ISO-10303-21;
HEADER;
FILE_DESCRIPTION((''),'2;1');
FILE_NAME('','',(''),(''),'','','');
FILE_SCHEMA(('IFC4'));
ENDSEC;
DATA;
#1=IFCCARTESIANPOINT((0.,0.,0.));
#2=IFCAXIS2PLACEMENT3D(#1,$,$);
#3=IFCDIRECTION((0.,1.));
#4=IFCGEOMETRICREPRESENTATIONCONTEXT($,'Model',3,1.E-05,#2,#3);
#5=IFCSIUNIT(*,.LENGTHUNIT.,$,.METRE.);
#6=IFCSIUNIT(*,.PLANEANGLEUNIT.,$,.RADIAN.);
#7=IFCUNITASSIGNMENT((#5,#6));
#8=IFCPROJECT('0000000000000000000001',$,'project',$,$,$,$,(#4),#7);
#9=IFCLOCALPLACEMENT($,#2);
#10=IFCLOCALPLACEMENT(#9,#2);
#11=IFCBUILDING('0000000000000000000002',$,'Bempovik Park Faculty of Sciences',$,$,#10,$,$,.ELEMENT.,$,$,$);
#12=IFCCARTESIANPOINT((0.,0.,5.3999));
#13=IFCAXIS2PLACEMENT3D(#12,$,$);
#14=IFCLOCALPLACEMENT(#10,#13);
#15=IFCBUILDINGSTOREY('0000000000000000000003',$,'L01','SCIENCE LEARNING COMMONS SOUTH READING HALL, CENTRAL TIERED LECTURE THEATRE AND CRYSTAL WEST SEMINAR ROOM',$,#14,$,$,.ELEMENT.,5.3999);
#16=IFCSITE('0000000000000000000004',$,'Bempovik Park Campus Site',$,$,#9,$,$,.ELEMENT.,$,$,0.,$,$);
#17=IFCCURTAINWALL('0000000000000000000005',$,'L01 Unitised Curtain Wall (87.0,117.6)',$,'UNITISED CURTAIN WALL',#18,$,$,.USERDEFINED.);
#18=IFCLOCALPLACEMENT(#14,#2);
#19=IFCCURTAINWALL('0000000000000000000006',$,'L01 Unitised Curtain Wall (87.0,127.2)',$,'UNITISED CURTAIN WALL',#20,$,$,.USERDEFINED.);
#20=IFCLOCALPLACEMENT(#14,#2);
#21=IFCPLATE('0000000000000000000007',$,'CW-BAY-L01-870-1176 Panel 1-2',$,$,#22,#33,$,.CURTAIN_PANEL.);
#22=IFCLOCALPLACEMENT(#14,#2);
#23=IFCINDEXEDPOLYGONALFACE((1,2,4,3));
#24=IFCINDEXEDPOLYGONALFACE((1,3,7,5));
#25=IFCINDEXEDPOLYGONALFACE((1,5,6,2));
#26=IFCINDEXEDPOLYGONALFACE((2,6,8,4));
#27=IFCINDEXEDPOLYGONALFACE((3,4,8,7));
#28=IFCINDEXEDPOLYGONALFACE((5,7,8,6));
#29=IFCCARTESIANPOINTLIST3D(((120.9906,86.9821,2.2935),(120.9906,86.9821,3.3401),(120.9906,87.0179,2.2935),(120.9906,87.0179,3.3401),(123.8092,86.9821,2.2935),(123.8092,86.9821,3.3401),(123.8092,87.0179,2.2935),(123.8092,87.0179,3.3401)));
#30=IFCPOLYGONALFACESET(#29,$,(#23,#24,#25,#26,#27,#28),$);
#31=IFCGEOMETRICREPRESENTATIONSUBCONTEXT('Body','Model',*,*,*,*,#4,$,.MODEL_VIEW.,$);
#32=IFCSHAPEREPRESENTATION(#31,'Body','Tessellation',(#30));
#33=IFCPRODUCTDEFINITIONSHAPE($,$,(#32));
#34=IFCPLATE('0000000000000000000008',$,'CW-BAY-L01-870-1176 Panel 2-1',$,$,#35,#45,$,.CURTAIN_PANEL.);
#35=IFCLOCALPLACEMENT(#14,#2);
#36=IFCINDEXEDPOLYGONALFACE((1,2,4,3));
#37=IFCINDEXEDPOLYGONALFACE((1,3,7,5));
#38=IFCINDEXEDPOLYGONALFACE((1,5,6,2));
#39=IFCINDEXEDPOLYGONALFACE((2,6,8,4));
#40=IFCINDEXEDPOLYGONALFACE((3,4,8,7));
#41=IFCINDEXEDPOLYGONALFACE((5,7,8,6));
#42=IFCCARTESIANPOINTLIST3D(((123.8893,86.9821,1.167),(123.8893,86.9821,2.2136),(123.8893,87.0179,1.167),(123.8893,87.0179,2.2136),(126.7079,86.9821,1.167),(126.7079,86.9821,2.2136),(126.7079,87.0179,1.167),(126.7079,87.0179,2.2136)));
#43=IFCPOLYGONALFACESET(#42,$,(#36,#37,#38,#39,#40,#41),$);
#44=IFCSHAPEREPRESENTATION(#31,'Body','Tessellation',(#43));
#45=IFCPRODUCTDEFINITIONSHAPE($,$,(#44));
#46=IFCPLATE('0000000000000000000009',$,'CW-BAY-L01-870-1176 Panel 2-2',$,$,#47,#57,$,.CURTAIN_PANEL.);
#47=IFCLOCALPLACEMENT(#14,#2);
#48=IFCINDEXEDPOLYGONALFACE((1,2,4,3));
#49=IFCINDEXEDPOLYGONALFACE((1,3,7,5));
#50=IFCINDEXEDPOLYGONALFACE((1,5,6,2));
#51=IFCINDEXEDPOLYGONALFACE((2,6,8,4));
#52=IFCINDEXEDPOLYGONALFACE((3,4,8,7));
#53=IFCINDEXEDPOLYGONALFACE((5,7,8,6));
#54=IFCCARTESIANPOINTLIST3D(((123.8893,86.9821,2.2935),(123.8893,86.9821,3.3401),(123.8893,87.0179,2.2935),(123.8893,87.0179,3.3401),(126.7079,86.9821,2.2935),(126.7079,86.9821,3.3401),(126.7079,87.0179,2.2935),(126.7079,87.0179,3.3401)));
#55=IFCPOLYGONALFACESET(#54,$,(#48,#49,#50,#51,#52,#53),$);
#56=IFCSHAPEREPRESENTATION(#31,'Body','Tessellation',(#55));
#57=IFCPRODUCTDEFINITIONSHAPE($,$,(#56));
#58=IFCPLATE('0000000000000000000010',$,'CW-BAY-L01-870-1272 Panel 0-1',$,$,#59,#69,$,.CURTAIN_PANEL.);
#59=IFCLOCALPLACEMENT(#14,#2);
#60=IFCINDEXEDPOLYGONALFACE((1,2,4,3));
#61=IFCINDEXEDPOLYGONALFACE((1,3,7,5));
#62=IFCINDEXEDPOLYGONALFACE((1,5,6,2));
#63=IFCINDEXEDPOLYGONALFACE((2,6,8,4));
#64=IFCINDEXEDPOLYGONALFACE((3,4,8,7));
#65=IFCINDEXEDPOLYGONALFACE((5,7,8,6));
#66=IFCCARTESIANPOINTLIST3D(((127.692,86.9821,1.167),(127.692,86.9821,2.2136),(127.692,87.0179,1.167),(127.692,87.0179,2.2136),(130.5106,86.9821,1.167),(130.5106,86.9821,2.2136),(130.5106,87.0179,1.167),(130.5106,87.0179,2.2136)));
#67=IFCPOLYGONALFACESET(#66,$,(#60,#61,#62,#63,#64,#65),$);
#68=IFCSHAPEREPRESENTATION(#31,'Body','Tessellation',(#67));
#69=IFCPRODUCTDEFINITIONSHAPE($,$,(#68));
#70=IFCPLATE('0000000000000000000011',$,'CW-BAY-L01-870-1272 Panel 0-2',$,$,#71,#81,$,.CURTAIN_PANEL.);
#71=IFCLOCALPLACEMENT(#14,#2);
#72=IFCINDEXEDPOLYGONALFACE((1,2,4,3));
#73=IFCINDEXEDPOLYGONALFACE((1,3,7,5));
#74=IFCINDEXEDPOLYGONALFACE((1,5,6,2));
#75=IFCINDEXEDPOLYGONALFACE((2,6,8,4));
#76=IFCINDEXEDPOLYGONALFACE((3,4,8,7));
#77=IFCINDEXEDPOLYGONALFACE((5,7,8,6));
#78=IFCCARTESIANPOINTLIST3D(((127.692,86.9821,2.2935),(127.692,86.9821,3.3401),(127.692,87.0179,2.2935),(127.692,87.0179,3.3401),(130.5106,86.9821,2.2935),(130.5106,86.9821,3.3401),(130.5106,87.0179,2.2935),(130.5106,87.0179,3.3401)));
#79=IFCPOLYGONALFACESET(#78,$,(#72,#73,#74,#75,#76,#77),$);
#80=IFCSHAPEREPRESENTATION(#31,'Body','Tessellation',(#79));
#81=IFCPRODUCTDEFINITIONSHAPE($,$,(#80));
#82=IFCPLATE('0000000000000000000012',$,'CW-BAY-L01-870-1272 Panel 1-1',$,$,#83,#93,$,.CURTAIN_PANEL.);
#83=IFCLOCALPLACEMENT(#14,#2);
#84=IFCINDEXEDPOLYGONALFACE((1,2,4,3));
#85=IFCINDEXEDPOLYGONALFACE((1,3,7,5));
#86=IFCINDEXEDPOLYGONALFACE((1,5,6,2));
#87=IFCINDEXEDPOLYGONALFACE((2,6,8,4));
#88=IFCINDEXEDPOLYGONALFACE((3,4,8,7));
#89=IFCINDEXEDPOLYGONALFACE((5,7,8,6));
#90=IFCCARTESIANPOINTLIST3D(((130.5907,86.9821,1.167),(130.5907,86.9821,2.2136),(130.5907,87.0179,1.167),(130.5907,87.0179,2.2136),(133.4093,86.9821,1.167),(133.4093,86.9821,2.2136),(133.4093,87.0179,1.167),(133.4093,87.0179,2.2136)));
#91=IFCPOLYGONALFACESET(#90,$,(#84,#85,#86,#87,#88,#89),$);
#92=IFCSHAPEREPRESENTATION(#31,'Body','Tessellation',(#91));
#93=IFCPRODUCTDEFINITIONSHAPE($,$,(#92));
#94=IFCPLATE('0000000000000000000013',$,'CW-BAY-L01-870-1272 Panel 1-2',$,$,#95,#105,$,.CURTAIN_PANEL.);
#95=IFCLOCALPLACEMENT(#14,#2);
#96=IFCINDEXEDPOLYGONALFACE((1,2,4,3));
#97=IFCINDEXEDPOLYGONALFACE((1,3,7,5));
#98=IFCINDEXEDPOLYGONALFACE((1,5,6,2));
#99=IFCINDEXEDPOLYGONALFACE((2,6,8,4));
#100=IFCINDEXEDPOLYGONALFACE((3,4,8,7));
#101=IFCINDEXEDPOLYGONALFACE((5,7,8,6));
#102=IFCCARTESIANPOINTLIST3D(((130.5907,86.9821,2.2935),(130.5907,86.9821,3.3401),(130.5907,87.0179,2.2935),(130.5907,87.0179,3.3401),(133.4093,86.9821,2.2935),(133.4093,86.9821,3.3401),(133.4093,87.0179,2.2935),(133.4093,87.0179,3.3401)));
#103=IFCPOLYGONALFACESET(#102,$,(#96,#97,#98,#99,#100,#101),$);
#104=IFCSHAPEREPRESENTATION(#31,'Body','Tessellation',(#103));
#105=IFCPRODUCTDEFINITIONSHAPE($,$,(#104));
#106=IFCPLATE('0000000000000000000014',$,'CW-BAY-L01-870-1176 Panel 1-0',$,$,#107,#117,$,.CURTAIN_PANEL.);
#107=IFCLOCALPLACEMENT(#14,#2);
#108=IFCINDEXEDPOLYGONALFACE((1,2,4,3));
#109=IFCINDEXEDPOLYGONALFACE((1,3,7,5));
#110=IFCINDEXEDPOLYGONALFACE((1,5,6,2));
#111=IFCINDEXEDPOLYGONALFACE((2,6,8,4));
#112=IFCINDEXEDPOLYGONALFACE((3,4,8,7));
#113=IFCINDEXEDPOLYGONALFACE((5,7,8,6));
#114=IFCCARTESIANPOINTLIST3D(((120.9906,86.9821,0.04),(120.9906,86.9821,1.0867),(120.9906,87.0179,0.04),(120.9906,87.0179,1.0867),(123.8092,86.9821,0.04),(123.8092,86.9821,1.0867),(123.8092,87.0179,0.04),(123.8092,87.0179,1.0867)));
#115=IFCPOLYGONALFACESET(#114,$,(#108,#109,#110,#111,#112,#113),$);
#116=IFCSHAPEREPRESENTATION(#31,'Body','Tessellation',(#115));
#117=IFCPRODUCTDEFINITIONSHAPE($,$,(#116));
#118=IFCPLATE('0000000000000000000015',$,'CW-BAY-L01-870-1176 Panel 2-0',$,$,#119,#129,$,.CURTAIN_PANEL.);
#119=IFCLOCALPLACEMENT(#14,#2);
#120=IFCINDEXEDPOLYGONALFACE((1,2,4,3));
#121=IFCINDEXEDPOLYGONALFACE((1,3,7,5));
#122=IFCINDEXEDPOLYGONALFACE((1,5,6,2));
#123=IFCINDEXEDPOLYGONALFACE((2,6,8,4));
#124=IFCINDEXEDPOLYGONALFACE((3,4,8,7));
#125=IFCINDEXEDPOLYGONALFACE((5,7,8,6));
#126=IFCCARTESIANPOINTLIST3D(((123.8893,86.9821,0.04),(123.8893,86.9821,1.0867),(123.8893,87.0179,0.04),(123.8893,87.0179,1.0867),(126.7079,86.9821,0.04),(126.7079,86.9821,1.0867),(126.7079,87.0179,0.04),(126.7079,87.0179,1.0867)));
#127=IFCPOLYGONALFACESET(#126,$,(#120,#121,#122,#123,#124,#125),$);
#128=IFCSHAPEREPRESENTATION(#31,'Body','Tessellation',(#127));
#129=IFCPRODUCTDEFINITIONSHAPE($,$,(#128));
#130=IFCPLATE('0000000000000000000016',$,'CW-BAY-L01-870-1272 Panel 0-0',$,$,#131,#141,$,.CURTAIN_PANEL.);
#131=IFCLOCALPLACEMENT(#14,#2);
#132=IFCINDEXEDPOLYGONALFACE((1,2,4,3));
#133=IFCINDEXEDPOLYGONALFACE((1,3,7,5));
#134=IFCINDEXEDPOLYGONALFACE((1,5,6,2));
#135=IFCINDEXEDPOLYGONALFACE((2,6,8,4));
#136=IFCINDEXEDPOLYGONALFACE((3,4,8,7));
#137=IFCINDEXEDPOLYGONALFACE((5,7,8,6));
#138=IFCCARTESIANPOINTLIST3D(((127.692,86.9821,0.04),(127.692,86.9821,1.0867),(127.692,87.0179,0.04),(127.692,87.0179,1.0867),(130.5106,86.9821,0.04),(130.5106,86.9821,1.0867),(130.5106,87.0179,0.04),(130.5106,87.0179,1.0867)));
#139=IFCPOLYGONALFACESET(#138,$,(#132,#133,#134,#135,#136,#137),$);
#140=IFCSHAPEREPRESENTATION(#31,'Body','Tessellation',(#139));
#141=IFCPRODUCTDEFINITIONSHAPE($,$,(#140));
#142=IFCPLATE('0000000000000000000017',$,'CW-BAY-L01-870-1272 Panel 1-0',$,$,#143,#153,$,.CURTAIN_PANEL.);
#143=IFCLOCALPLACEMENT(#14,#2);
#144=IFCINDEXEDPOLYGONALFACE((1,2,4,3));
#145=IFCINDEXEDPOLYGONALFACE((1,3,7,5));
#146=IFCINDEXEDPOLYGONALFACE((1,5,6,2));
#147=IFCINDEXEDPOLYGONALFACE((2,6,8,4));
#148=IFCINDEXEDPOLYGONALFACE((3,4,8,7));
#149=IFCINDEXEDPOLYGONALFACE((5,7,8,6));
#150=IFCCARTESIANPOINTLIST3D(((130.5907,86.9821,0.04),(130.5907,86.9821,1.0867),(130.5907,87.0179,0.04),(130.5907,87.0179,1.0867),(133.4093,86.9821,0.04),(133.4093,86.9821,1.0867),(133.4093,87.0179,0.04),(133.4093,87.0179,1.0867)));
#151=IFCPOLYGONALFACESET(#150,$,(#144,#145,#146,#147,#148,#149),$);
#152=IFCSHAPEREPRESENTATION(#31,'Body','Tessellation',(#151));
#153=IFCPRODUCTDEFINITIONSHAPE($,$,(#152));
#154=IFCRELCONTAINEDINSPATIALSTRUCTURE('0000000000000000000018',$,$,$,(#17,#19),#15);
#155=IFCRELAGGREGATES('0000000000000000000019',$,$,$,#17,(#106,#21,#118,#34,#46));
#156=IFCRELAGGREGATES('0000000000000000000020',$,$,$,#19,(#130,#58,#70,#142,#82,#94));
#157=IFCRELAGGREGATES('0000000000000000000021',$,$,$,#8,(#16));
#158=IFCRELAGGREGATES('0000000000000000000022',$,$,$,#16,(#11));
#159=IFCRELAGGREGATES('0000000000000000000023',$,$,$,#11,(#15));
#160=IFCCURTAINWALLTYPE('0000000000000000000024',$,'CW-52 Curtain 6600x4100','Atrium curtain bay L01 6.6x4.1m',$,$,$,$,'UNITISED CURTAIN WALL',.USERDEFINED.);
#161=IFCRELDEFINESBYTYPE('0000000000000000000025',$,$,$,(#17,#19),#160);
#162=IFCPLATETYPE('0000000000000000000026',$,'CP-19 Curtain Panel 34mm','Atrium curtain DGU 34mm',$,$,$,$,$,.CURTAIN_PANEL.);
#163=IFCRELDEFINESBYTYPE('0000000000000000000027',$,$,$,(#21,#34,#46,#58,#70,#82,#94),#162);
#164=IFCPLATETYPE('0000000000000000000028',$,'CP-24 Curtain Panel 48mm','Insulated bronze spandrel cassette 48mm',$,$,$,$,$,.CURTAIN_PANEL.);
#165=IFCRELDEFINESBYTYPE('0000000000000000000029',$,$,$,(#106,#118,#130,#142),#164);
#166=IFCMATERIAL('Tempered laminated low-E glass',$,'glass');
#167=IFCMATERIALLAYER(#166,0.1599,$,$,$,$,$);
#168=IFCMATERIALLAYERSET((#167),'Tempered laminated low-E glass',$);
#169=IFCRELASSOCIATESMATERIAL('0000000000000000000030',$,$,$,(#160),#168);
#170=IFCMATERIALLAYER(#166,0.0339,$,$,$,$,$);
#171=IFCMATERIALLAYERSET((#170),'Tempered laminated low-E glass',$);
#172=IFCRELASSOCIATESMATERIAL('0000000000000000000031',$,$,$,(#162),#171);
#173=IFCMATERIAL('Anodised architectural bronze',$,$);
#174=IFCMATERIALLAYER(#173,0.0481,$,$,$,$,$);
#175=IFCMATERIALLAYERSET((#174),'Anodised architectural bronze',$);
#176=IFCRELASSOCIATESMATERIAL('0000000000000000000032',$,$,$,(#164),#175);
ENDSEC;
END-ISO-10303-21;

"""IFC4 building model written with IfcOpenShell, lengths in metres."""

from ifc_helpers import new_model, si_unit, direction, frame, origin, origin_2d, place, context, subcontext, project, spatial, rectangle, extrude, material, layer, layer_set, type_object, element, aggregate, save


model = new_model("IFC4")

# Units and contexts
model_context = context("Model", 3, precision=1e-05, world=origin(), true_north=direction((0.0, 1.0)))
body_context = subcontext(model_context, "Body", "Model", "MODEL_VIEW")
ifc_project = project(units=[si_unit("LENGTHUNIT", "METRE"), si_unit("PLANEANGLEUNIT", "RADIAN")], contexts=[model_context])

# Site, building, storey
site_placement = place(None, origin())
site = spatial("IfcSite", under=ifc_project, at=site_placement, Name="Bempovik Park Campus Site", CompositionType="ELEMENT", RefElevation=0.0)
building_placement = place(site_placement, origin())
building = spatial("IfcBuilding", under=site, at=building_placement, Name="Bempovik Park Faculty of Sciences", CompositionType="ELEMENT")
storey_placement = place(building_placement, frame((0.0, 0.0, 5.3999)))
storey = spatial("IfcBuildingStorey", under=building, at=storey_placement, Name="L01", Description="SCIENCE LEARNING COMMONS SOUTH READING HALL, CENTRAL TIERED LECTURE THEATRE AND CRYSTAL WEST SEMINAR ROOM", CompositionType="ELEMENT", Elevation=5.3999)

# Curtain walls
ifc_material_1 = material(Name="Tempered laminated low-E glass", Category="glass")
ifc_layer_1 = layer(ifc_material_1, 0.1599)
ifc_layer_set_1 = layer_set([ifc_layer_1], Name="Tempered laminated low-E glass")
curtain_wall_type = type_object("IfcCurtainWallType", Name="CW-52 Curtain 6600x4100", Description="Atrium curtain bay L01 6.6x4.1m", ElementType="UNITISED CURTAIN WALL", PredefinedType="USERDEFINED", material=ifc_layer_set_1)
curtain_wall_1_placement = place(storey_placement, origin())
curtain_wall_1 = element("IfcCurtainWall", 1, at=curtain_wall_1_placement, inside=storey, type_object=curtain_wall_type, Name="L01 Unitised Curtain Wall (87.0,117.6)", ObjectType="UNITISED CURTAIN WALL", PredefinedType="USERDEFINED")
curtain_wall_2_placement = place(storey_placement, origin())
curtain_wall_2 = element("IfcCurtainWall", 2, at=curtain_wall_2_placement, inside=storey, type_object=curtain_wall_type, Name="L01 Unitised Curtain Wall (87.0,127.2)", ObjectType="UNITISED CURTAIN WALL", PredefinedType="USERDEFINED")

# Plates
ifc_layer_2 = layer(ifc_material_1, 0.0339)
ifc_layer_set_2 = layer_set([ifc_layer_2], Name="Tempered laminated low-E glass")
plate_type_1 = type_object("IfcPlateType", Name="CP-19 Curtain Panel 34mm", Description="Atrium curtain DGU 34mm", PredefinedType="CURTAIN_PANEL", material=ifc_layer_set_2)
plate_1_placement = place(storey_placement, frame((122.3999, 87.0, 2.2935), z_axis=(0.0, 0.0, 1.0), x_axis=(1.0, 0.0, 0.0)))
plate_1 = element("IfcPlate", 3, at=plate_1_placement, type_object=plate_type_1, Name="CW-BAY-L01-870-1176 Panel 1-2", PredefinedType="CURTAIN_PANEL", context=body_context, shape_type="SweptSolid", body=[
    extrude(rectangle(XDim=2.8186, YDim=0.0359, at=origin_2d()), origin(), (0.0, 0.0, 1.0), 1.0466),
])
plate_2_placement = place(storey_placement, frame((125.2986, 87.0, 1.167), z_axis=(0.0, 0.0, 1.0), x_axis=(1.0, 0.0, 0.0)))
plate_2 = element("IfcPlate", 4, at=plate_2_placement, type_object=plate_type_1, Name="CW-BAY-L01-870-1176 Panel 2-1", PredefinedType="CURTAIN_PANEL", context=body_context, shape_type="SweptSolid", body=[
    extrude(rectangle(XDim=2.8186, YDim=0.0359, at=origin_2d()), origin(), (0.0, 0.0, 1.0), 1.0466),
])
plate_3_placement = place(storey_placement, frame((125.2986, 87.0, 2.2935), z_axis=(0.0, 0.0, 1.0), x_axis=(1.0, 0.0, 0.0)))
plate_3 = element("IfcPlate", 5, at=plate_3_placement, type_object=plate_type_1, Name="CW-BAY-L01-870-1176 Panel 2-2", PredefinedType="CURTAIN_PANEL", context=body_context, shape_type="SweptSolid", body=[
    extrude(rectangle(XDim=2.8186, YDim=0.0359, at=origin_2d()), origin(), (0.0, 0.0, 1.0), 1.0466),
])
plate_4_placement = place(storey_placement, frame((129.1013, 87.0, 1.167), z_axis=(0.0, 0.0, 1.0), x_axis=(1.0, 0.0, 0.0)))
plate_4 = element("IfcPlate", 6, at=plate_4_placement, type_object=plate_type_1, Name="CW-BAY-L01-870-1272 Panel 0-1", PredefinedType="CURTAIN_PANEL", context=body_context, shape_type="SweptSolid", body=[
    extrude(rectangle(XDim=2.8186, YDim=0.0359, at=origin_2d()), origin(), (0.0, 0.0, 1.0), 1.0466),
])
plate_5_placement = place(storey_placement, frame((129.1013, 87.0, 2.2935), z_axis=(0.0, 0.0, 1.0), x_axis=(1.0, 0.0, 0.0)))
plate_5 = element("IfcPlate", 7, at=plate_5_placement, type_object=plate_type_1, Name="CW-BAY-L01-870-1272 Panel 0-2", PredefinedType="CURTAIN_PANEL", context=body_context, shape_type="SweptSolid", body=[
    extrude(rectangle(XDim=2.8186, YDim=0.0359, at=origin_2d()), origin(), (0.0, 0.0, 1.0), 1.0466),
])
plate_6_placement = place(storey_placement, frame((132.0, 87.0, 1.167), z_axis=(0.0, 0.0, 1.0), x_axis=(1.0, 0.0, 0.0)))
plate_6 = element("IfcPlate", 8, at=plate_6_placement, type_object=plate_type_1, Name="CW-BAY-L01-870-1272 Panel 1-1", PredefinedType="CURTAIN_PANEL", context=body_context, shape_type="SweptSolid", body=[
    extrude(rectangle(XDim=2.8186, YDim=0.0359, at=origin_2d()), origin(), (0.0, 0.0, 1.0), 1.0466),
])
plate_7_placement = place(storey_placement, frame((132.0, 87.0, 2.2935), z_axis=(0.0, 0.0, 1.0), x_axis=(1.0, 0.0, 0.0)))
plate_7 = element("IfcPlate", 9, at=plate_7_placement, type_object=plate_type_1, Name="CW-BAY-L01-870-1272 Panel 1-2", PredefinedType="CURTAIN_PANEL", context=body_context, shape_type="SweptSolid", body=[
    extrude(rectangle(XDim=2.8186, YDim=0.0359, at=origin_2d()), origin(), (0.0, 0.0, 1.0), 1.0466),
])
ifc_material_2 = material(Name="Anodised architectural bronze")
ifc_layer_3 = layer(ifc_material_2, 0.0481)
ifc_layer_set_3 = layer_set([ifc_layer_3], Name="Anodised architectural bronze")
plate_type_2 = type_object("IfcPlateType", Name="CP-24 Curtain Panel 48mm", Description="Insulated bronze spandrel cassette 48mm", PredefinedType="CURTAIN_PANEL", material=ifc_layer_set_3)
plate_8_placement = place(storey_placement, frame((122.3999, 87.0, 0.04), z_axis=(0.0, 0.0, 1.0), x_axis=(1.0, 0.0, 0.0)))
plate_8 = element("IfcPlate", 10, at=plate_8_placement, type_object=plate_type_2, Name="CW-BAY-L01-870-1176 Panel 1-0", PredefinedType="CURTAIN_PANEL", context=body_context, shape_type="SweptSolid", body=[
    extrude(rectangle(XDim=2.8186, YDim=0.0359, at=origin_2d()), origin(), (0.0, 0.0, 1.0), 1.0466),
])
plate_9_placement = place(storey_placement, frame((125.2986, 87.0, 0.04), z_axis=(0.0, 0.0, 1.0), x_axis=(1.0, 0.0, 0.0)))
plate_9 = element("IfcPlate", 11, at=plate_9_placement, type_object=plate_type_2, Name="CW-BAY-L01-870-1176 Panel 2-0", PredefinedType="CURTAIN_PANEL", context=body_context, shape_type="SweptSolid", body=[
    extrude(rectangle(XDim=2.8186, YDim=0.0359, at=origin_2d()), origin(), (0.0, 0.0, 1.0), 1.0466),
])
aggregate(curtain_wall_1, [plate_8, plate_1, plate_9, plate_2, plate_3])
plate_10_placement = place(storey_placement, frame((129.1013, 87.0, 0.04), z_axis=(0.0, 0.0, 1.0), x_axis=(1.0, 0.0, 0.0)))
plate_10 = element("IfcPlate", 12, at=plate_10_placement, type_object=plate_type_2, Name="CW-BAY-L01-870-1272 Panel 0-0", PredefinedType="CURTAIN_PANEL", context=body_context, shape_type="SweptSolid", body=[
    extrude(rectangle(XDim=2.8186, YDim=0.0359, at=origin_2d()), origin(), (0.0, 0.0, 1.0), 1.0466),
])
plate_11_placement = place(storey_placement, frame((132.0, 87.0, 0.04), z_axis=(0.0, 0.0, 1.0), x_axis=(1.0, 0.0, 0.0)))
plate_11 = element("IfcPlate", 13, at=plate_11_placement, type_object=plate_type_2, Name="CW-BAY-L01-870-1272 Panel 1-0", PredefinedType="CURTAIN_PANEL", context=body_context, shape_type="SweptSolid", body=[
    extrude(rectangle(XDim=2.8186, YDim=0.0359, at=origin_2d()), origin(), (0.0, 0.0, 1.0), 1.0466),
])
aggregate(curtain_wall_2, [plate_10, plate_4, plate_5, plate_11, plate_6, plate_7])

save(model, "model.ifc")
